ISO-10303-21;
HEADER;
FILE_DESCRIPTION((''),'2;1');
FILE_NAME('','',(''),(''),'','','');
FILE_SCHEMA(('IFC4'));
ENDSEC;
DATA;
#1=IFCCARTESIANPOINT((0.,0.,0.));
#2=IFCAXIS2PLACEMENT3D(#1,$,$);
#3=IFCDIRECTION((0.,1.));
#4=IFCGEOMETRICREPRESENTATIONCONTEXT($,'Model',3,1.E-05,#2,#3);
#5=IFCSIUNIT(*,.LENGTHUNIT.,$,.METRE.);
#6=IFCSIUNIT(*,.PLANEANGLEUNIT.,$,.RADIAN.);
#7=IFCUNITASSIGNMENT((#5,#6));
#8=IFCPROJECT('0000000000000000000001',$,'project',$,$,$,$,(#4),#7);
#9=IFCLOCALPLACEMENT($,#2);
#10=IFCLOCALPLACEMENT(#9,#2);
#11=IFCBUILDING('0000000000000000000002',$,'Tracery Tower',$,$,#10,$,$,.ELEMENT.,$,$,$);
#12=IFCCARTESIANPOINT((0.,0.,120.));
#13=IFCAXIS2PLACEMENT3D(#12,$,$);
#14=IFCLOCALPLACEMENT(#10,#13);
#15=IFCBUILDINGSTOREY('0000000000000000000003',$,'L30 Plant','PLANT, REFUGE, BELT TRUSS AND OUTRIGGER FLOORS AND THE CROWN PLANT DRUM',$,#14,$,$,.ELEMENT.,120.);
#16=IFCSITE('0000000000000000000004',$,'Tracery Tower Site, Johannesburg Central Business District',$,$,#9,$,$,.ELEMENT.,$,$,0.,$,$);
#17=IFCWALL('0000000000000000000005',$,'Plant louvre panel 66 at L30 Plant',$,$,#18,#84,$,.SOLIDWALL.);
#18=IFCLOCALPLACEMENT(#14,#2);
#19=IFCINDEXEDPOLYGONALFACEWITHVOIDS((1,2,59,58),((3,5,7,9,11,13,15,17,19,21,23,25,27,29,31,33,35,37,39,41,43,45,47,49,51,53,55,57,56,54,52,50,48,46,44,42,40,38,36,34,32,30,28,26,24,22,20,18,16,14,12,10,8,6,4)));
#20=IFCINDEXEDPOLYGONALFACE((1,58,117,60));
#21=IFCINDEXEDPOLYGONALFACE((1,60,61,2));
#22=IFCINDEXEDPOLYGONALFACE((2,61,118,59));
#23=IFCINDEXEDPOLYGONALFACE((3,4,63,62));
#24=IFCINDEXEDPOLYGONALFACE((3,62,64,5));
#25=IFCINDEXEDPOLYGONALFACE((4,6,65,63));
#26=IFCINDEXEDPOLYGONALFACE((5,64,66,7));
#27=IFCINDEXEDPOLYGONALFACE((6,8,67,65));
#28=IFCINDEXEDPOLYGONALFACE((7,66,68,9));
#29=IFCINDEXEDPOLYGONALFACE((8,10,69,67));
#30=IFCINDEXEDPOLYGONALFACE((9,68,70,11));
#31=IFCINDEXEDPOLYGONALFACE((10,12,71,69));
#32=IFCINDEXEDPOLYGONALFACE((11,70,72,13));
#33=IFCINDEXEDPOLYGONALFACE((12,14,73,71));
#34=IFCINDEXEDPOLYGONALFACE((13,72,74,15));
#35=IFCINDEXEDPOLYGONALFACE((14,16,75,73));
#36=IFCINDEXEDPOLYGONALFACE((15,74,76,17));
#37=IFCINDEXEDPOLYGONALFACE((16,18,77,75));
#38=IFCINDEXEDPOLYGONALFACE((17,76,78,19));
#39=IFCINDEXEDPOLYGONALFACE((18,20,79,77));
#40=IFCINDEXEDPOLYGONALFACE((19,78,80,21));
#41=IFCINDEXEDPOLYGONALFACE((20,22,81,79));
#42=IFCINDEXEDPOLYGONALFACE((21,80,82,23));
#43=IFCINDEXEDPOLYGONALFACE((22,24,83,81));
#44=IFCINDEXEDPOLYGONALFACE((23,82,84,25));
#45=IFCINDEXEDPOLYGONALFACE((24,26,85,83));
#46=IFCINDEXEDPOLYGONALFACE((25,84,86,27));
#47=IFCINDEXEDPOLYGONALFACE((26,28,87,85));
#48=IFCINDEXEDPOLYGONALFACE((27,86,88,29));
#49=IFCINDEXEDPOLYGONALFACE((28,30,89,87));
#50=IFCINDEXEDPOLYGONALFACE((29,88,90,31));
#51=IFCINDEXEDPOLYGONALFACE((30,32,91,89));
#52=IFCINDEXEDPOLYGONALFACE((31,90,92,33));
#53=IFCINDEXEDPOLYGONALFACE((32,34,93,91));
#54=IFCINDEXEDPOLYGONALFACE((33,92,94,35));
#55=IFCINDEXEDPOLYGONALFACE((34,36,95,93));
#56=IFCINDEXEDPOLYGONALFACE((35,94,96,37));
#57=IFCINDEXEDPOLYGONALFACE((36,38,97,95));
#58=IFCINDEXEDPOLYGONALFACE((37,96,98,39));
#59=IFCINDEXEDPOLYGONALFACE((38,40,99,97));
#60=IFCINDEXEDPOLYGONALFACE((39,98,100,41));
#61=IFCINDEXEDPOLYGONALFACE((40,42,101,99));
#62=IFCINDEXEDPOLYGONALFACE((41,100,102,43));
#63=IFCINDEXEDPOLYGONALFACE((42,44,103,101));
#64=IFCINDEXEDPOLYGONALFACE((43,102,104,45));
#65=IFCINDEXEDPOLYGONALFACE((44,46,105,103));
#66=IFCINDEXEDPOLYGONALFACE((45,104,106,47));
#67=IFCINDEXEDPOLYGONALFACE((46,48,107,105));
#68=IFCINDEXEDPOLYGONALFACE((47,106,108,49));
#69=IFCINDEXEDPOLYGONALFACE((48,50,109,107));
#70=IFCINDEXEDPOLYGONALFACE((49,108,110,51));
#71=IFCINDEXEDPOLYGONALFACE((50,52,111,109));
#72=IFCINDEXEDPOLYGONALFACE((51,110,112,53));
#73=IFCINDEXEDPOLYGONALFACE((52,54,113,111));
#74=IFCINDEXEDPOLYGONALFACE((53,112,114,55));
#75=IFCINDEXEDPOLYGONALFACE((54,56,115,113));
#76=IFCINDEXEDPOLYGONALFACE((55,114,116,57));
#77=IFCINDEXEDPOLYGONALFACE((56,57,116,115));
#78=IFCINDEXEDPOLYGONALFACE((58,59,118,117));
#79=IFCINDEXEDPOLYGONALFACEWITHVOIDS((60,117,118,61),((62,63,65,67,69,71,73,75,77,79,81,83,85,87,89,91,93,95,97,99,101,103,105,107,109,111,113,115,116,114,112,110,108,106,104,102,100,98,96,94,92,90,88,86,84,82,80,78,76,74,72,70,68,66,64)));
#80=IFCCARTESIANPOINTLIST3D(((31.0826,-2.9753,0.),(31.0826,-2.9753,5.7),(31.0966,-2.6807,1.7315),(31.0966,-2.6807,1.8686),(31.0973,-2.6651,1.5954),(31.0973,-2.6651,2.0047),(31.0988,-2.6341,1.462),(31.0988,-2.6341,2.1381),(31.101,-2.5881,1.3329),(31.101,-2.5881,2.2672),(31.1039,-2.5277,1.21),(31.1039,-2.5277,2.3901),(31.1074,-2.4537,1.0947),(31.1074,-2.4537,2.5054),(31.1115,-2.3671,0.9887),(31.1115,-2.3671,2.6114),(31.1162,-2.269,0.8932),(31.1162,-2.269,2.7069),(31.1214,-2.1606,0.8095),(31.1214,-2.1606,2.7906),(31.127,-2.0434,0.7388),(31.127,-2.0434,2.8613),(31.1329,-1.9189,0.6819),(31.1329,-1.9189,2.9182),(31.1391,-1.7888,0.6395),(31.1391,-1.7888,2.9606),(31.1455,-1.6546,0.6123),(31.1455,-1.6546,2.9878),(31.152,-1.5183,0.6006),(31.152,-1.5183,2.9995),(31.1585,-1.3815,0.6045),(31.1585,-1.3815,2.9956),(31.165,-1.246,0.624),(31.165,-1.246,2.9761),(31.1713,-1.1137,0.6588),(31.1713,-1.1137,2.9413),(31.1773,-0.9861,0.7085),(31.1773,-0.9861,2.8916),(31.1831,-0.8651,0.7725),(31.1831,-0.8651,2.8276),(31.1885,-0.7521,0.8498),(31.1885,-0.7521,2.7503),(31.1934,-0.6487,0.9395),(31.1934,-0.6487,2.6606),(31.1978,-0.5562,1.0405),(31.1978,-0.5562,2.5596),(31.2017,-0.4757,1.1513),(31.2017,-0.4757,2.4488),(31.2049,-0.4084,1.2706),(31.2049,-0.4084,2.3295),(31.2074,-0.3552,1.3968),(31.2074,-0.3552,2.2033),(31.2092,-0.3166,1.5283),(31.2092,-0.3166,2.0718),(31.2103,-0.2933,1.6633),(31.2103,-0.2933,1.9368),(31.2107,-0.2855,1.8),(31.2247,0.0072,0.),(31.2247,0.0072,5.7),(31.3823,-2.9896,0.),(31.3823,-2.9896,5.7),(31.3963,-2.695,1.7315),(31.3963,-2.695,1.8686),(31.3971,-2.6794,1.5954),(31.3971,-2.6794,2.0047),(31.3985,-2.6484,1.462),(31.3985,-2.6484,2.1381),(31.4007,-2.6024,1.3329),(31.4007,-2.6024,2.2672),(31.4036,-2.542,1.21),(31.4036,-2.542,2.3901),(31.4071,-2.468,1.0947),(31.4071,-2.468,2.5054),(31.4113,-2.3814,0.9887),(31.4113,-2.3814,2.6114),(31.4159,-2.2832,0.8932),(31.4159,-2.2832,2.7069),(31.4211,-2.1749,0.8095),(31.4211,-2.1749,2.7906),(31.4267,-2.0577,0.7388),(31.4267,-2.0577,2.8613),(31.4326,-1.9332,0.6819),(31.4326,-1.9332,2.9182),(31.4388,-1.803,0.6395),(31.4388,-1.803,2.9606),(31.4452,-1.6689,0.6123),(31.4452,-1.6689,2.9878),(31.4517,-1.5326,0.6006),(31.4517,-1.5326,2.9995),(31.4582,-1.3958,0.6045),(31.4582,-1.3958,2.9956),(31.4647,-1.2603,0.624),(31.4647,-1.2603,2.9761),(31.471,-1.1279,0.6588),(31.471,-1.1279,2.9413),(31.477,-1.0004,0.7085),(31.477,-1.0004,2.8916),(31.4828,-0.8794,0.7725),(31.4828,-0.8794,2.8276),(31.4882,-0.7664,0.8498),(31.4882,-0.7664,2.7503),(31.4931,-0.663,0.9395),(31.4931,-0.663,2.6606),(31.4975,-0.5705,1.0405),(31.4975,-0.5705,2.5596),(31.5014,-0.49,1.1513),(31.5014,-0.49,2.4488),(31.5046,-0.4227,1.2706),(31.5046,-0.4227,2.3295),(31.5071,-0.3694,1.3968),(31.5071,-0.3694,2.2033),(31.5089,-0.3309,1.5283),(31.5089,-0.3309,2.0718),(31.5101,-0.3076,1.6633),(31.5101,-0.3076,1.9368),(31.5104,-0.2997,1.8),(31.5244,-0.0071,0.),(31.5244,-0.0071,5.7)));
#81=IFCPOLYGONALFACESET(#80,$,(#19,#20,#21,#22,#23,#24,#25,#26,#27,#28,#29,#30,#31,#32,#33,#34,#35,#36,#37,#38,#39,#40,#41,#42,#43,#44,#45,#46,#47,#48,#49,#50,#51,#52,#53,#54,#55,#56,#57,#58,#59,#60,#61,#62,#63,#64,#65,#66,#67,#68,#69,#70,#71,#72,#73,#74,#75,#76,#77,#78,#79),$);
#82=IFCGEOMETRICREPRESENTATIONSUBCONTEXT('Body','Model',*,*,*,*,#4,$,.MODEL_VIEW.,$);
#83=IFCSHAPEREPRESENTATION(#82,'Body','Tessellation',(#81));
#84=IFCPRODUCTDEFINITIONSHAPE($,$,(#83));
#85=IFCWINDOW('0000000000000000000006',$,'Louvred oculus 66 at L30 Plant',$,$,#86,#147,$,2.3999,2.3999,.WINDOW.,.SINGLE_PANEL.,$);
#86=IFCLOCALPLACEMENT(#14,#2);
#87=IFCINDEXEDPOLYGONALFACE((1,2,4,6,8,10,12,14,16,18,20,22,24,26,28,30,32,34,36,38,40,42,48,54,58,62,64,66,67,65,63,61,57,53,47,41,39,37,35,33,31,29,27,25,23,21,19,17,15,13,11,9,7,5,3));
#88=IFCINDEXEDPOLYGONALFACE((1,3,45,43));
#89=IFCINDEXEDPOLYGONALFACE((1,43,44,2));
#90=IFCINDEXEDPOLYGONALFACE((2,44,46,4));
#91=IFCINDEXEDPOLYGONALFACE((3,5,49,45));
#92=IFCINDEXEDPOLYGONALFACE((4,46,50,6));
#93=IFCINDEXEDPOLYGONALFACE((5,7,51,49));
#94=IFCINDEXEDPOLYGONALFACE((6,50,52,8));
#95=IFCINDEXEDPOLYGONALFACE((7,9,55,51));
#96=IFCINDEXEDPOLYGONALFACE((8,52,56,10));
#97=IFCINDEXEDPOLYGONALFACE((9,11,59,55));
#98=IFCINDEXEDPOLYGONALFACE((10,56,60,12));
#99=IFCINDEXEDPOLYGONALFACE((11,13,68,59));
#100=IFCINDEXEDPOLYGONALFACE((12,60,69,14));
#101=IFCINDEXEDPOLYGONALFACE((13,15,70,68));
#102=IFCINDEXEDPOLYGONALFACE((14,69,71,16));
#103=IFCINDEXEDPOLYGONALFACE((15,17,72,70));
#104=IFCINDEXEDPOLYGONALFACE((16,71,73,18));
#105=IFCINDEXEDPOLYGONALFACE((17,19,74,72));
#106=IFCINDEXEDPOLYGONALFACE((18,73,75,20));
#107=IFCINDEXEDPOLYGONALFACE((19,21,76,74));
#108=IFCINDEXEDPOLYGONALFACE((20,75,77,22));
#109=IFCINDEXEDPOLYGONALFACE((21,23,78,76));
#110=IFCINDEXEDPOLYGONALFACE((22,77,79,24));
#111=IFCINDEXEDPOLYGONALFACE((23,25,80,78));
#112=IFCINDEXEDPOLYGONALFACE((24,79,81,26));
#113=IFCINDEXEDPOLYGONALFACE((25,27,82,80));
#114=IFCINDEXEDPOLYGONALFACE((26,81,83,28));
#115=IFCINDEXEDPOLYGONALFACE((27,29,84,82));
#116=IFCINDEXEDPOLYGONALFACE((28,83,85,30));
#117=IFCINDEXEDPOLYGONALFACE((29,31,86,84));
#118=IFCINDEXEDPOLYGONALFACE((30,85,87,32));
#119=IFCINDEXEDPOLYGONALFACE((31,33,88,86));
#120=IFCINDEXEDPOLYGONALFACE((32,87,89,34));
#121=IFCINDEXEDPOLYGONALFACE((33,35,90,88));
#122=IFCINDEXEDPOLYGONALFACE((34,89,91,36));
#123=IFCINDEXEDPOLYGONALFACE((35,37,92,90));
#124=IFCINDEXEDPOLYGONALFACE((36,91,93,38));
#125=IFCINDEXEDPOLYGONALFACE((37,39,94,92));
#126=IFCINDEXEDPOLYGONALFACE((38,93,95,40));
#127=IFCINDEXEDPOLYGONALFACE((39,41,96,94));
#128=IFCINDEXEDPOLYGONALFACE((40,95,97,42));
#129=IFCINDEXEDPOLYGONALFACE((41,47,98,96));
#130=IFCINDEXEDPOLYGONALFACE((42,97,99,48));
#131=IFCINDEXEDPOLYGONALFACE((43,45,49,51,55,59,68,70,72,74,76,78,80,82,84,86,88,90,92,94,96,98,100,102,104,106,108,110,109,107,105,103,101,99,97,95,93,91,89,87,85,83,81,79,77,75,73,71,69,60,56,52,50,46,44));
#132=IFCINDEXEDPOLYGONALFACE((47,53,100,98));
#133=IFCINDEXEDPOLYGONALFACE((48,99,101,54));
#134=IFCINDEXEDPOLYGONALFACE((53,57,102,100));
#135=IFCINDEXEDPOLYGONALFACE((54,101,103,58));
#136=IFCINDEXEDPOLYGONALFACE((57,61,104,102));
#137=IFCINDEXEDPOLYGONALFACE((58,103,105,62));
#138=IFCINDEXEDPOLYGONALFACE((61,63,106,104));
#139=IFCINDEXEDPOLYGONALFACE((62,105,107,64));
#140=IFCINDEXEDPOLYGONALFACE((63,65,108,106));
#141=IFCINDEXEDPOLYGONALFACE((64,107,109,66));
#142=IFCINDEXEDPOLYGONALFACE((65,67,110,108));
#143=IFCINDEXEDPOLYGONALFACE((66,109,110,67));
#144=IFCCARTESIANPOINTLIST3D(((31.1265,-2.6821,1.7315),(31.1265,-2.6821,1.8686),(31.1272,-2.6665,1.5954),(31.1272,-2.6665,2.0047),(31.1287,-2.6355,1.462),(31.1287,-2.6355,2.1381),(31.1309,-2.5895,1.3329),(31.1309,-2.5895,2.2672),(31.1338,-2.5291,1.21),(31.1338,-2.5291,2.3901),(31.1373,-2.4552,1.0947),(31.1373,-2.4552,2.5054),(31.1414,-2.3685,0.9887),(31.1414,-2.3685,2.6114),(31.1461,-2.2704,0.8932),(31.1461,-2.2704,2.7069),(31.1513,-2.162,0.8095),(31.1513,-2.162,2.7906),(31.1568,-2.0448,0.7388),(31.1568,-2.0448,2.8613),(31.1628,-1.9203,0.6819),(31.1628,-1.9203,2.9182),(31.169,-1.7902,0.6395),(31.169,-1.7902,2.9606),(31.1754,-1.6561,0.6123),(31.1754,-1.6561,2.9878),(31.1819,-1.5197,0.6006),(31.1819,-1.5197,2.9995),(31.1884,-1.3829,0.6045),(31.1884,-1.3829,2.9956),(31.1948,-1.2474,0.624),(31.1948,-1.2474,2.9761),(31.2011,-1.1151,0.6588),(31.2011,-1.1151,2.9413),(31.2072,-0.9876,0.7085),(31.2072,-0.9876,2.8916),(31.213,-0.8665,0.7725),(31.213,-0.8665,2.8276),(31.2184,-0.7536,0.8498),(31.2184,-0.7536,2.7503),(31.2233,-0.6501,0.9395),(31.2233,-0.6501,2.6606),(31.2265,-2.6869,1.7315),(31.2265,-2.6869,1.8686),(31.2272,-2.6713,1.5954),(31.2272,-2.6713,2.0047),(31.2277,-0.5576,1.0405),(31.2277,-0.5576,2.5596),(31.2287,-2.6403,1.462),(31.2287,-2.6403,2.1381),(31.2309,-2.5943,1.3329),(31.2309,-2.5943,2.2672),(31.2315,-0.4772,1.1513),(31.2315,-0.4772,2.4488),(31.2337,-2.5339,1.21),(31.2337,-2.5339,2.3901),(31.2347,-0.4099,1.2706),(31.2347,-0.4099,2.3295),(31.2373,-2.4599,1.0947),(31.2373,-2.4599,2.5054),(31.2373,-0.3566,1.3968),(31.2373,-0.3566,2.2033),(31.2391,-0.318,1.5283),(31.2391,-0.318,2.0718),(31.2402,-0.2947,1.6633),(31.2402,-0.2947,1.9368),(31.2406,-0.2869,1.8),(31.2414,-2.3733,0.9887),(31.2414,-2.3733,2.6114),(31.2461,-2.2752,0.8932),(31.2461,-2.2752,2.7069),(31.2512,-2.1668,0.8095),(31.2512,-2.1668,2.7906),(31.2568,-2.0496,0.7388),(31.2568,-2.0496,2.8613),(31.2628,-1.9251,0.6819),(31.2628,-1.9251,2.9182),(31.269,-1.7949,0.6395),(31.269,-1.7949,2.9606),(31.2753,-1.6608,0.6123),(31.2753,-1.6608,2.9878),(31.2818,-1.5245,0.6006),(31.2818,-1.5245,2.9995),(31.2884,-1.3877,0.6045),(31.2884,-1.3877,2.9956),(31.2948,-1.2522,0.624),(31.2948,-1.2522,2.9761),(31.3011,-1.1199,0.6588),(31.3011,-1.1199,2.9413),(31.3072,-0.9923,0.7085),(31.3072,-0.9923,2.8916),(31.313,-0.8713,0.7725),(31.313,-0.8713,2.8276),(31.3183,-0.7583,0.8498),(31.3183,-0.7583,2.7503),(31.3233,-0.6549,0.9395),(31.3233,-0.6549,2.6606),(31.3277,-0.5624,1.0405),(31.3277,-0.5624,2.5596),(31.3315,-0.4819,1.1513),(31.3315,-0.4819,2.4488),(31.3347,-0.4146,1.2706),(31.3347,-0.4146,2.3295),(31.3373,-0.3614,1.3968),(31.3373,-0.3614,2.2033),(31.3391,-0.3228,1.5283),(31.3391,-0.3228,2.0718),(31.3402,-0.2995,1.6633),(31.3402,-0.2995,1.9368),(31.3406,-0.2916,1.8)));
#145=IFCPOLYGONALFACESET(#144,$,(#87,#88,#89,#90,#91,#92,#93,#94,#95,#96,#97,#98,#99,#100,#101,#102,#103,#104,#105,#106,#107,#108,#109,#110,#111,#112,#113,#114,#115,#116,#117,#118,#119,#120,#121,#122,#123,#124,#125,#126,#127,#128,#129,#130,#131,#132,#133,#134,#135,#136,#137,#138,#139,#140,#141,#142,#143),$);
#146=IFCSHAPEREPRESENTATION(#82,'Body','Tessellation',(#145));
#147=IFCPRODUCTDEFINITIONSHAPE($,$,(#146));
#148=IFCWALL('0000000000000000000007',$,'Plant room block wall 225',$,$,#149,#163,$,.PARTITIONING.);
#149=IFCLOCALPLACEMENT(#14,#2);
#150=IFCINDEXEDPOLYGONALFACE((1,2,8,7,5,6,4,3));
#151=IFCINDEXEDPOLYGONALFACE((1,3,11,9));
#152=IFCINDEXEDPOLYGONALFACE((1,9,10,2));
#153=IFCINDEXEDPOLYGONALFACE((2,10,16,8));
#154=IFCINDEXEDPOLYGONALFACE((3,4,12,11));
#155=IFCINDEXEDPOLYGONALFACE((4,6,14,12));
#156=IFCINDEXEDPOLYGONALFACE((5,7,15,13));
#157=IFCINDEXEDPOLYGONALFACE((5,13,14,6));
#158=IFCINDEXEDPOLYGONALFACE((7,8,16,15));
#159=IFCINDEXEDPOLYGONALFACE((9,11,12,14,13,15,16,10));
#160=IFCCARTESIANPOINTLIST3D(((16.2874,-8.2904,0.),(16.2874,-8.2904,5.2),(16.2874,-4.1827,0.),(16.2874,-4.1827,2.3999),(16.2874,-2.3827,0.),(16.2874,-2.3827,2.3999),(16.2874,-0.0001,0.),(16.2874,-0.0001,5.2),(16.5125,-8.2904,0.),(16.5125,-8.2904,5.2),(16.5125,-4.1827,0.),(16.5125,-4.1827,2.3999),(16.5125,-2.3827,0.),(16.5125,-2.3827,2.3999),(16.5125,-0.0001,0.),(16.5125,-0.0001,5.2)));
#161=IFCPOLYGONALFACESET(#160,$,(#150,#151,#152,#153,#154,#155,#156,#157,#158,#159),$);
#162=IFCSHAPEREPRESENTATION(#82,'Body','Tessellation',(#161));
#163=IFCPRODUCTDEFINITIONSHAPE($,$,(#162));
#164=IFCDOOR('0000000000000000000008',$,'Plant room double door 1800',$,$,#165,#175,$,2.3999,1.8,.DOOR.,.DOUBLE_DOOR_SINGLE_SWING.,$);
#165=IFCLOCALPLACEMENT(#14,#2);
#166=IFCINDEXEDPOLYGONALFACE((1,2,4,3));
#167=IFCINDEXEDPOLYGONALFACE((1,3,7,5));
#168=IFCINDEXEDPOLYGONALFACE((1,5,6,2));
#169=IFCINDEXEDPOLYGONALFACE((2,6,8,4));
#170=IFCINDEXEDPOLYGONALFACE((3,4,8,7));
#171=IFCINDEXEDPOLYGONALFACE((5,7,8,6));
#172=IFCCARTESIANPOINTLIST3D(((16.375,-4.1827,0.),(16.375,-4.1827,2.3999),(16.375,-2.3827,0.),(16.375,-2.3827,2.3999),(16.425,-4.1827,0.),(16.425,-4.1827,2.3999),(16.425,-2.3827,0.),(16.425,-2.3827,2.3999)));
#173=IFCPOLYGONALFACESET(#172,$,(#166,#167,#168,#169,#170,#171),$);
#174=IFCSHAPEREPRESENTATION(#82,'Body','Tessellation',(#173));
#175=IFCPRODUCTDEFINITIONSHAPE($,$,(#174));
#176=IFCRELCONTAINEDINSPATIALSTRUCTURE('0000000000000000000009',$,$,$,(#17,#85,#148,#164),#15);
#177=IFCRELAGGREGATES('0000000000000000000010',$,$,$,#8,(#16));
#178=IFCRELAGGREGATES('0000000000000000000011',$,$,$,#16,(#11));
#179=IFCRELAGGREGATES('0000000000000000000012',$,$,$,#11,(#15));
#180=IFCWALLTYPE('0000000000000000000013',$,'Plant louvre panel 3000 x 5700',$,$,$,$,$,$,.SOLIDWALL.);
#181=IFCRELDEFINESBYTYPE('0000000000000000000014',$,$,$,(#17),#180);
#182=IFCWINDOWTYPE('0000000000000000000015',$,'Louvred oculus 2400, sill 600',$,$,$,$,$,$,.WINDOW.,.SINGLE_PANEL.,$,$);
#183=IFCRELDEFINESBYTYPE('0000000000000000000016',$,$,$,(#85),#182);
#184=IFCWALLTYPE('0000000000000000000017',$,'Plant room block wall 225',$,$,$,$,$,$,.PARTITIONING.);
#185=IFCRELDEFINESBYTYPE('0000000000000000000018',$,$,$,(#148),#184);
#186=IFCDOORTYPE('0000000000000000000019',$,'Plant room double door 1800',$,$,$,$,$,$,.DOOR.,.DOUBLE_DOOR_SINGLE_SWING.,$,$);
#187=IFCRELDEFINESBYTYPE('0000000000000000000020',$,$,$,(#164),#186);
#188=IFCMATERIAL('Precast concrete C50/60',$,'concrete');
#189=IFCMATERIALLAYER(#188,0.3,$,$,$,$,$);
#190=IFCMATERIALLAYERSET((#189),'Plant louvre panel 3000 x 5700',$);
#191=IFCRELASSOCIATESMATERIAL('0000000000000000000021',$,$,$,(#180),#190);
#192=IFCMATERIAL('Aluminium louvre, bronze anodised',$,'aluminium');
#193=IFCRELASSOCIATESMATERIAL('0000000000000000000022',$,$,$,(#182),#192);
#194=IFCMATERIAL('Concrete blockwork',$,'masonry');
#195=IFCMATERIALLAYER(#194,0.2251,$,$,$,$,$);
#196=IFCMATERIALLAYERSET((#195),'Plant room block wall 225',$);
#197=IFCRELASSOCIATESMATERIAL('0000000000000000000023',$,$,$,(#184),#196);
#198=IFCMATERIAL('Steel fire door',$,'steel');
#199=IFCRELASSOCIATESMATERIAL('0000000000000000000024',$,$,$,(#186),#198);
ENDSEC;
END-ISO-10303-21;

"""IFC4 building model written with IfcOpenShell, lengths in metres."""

from ifc_helpers import new_model, si_unit, direction, frame, frame_2d, origin, origin_2d, place, context, subcontext, project, spatial, rectangle, circle, extrude, material, layer, layer_set, type_object, element, fill, save


model = new_model("IFC4")

# Units and contexts
model_context = context("Model", 3, precision=1e-05, world=origin(), true_north=direction((0.0, 1.0)))
body_context = subcontext(model_context, "Body", "Model", "MODEL_VIEW")
ifc_project = project(units=[si_unit("LENGTHUNIT", "METRE"), si_unit("PLANEANGLEUNIT", "RADIAN")], contexts=[model_context])

# Site, building, storey
site_placement = place(None, origin())
site = spatial("IfcSite", under=ifc_project, at=site_placement, Name="Tracery Tower Site, Johannesburg Central Business District", CompositionType="ELEMENT", RefElevation=0.0)
building_placement = place(site_placement, origin())
building = spatial("IfcBuilding", under=site, at=building_placement, Name="Tracery Tower", CompositionType="ELEMENT")
storey_placement = place(building_placement, frame((0.0, 0.0, 120.0)))
storey = spatial("IfcBuildingStorey", under=building, at=storey_placement, Name="L30 Plant", Description="PLANT, REFUGE, BELT TRUSS AND OUTRIGGER FLOORS AND THE CROWN PLANT DRUM", CompositionType="ELEMENT", Elevation=120.0)

# Wall, opening, window
ifc_material_1 = material(Name="Precast concrete C50/60", Category="concrete")
ifc_layer_1 = layer(ifc_material_1, 0.3)
ifc_layer_set_1 = layer_set([ifc_layer_1], Name="Plant louvre panel 3000 x 5700")
wall_type_1 = type_object("IfcWallType", Name="Plant louvre panel 3000 x 5700", PredefinedType="SOLIDWALL", material=ifc_layer_set_1)
ifc_material_2 = material(Name="Aluminium louvre, bronze anodised", Category="aluminium")
window_type = type_object("IfcWindowType", Name="Louvred oculus 2400, sill 600", PartitioningType="SINGLE_PANEL", PredefinedType="WINDOW", material=ifc_material_2)
wall_1_placement = place(storey_placement, frame((31.2324, -2.9824, 0.0), z_axis=(0.0, 0.0, 1.0), x_axis=(0.047588, 0.998867, 0.0)))
wall_1 = element("IfcWall", 1, at=wall_1_placement, inside=storey, type_object=wall_type_1, Name="Plant louvre panel 66 at L30 Plant", PredefinedType="SOLIDWALL", context=body_context, shape_type="SweptSolid", body=[
    extrude(rectangle(XDim=2.9858, YDim=0.3, at=frame_2d((1.4929, 0.0))), origin(), (0.0, 0.0, 1.0), 5.7),
])
opening_1_placement = place(wall_1_placement, frame((1.4929, 0.0, 1.8)))
opening_1 = element("IfcOpeningElement", 2, at=opening_1_placement, cuts=wall_1, PredefinedType="OPENING", context=body_context, shape_type="SweptSolid", body=[
    extrude(circle(Radius=1.2, at=origin_2d()), frame((0.0, 0.1599, 0.0), z_axis=(0.0, -1.0, 0.0), x_axis=(1.0, 0.0, 0.0)), (0.0, 0.0, 1.0), 0.3201),
])
window_1_placement = place(opening_1_placement, origin())
window_1 = element("IfcWindow", 3, at=window_1_placement, inside=storey, type_object=window_type, Name="Louvred oculus 66 at L30 Plant", OverallHeight=2.3999, OverallWidth=2.3999, PartitioningType="SINGLE_PANEL", PredefinedType="WINDOW", context=body_context, shape_type="SweptSolid", body=[
    extrude(circle(Radius=1.2, at=origin_2d()), frame((0.0, 0.1201, 0.0), z_axis=(0.0, -1.0, 0.0), x_axis=(1.0, 0.0, 0.0)), (0.0, 0.0, 1.0), 0.1001),
])
fill(opening_1, window_1)

# Wall, opening, door
ifc_material_3 = material(Name="Concrete blockwork", Category="masonry")
ifc_layer_2 = layer(ifc_material_3, 0.2251)
ifc_layer_set_2 = layer_set([ifc_layer_2], Name="Plant room block wall 225")
wall_type_2 = type_object("IfcWallType", Name="Plant room block wall 225", PredefinedType="PARTITIONING", material=ifc_layer_set_2)
wall_2_placement = place(storey_placement, frame((16.3999, -8.2903, 0.0), z_axis=(0.0, 0.0, 1.0), x_axis=(0.0, 1.0, 0.0)))
wall_2 = element("IfcWall", 4, at=wall_2_placement, inside=storey, type_object=wall_type_2, Name="Plant room block wall 225", PredefinedType="PARTITIONING", context=body_context, shape_type="SweptSolid", body=[
    extrude(rectangle(XDim=8.2903, YDim=0.2251, at=frame_2d((4.145, 0.0))), origin(), (0.0, 0.0, 1.0), 5.2),
])
opening_2_placement = place(wall_2_placement, frame((4.1077, 0.0, 0.0)))
opening_2 = element("IfcOpeningElement", 5, at=opening_2_placement, cuts=wall_2, PredefinedType="OPENING", context=body_context, shape_type="SweptSolid", body=[
    extrude(rectangle(XDim=1.8, YDim=2.3999, at=frame_2d((0.8999, 1.2))), frame((0.0, 0.1125, 0.0), z_axis=(0.0, -1.0, 0.0), x_axis=(1.0, 0.0, 0.0)), (0.0, 0.0, 1.0), 0.2251),
])
ifc_material_4 = material(Name="Steel fire door", Category="steel")
door_type_1 = type_object("IfcDoorType", Name="Plant room double door 1800", OperationType="DOUBLE_DOOR_SINGLE_SWING", PredefinedType="DOOR", material=ifc_material_4)
door_1_placement = place(opening_2_placement, origin())
door_1 = element("IfcDoor", 6, at=door_1_placement, inside=storey, type_object=door_type_1, Name="Plant room double door 1800", OperationType="DOUBLE_DOOR_SINGLE_SWING", OverallHeight=2.3999, OverallWidth=1.8, PredefinedType="DOOR", context=body_context, shape_type="SweptSolid", body=[
    extrude(rectangle(XDim=1.8, YDim=2.3999, at=frame_2d((0.8999, 1.2))), frame((0.0, 0.0249, 0.0), z_axis=(0.0, -1.0, 0.0), x_axis=(1.0, 0.0, 0.0)), (0.0, 0.0, 1.0), 0.05),
])
fill(opening_2, door_1)

save(model, "model.ifc")
